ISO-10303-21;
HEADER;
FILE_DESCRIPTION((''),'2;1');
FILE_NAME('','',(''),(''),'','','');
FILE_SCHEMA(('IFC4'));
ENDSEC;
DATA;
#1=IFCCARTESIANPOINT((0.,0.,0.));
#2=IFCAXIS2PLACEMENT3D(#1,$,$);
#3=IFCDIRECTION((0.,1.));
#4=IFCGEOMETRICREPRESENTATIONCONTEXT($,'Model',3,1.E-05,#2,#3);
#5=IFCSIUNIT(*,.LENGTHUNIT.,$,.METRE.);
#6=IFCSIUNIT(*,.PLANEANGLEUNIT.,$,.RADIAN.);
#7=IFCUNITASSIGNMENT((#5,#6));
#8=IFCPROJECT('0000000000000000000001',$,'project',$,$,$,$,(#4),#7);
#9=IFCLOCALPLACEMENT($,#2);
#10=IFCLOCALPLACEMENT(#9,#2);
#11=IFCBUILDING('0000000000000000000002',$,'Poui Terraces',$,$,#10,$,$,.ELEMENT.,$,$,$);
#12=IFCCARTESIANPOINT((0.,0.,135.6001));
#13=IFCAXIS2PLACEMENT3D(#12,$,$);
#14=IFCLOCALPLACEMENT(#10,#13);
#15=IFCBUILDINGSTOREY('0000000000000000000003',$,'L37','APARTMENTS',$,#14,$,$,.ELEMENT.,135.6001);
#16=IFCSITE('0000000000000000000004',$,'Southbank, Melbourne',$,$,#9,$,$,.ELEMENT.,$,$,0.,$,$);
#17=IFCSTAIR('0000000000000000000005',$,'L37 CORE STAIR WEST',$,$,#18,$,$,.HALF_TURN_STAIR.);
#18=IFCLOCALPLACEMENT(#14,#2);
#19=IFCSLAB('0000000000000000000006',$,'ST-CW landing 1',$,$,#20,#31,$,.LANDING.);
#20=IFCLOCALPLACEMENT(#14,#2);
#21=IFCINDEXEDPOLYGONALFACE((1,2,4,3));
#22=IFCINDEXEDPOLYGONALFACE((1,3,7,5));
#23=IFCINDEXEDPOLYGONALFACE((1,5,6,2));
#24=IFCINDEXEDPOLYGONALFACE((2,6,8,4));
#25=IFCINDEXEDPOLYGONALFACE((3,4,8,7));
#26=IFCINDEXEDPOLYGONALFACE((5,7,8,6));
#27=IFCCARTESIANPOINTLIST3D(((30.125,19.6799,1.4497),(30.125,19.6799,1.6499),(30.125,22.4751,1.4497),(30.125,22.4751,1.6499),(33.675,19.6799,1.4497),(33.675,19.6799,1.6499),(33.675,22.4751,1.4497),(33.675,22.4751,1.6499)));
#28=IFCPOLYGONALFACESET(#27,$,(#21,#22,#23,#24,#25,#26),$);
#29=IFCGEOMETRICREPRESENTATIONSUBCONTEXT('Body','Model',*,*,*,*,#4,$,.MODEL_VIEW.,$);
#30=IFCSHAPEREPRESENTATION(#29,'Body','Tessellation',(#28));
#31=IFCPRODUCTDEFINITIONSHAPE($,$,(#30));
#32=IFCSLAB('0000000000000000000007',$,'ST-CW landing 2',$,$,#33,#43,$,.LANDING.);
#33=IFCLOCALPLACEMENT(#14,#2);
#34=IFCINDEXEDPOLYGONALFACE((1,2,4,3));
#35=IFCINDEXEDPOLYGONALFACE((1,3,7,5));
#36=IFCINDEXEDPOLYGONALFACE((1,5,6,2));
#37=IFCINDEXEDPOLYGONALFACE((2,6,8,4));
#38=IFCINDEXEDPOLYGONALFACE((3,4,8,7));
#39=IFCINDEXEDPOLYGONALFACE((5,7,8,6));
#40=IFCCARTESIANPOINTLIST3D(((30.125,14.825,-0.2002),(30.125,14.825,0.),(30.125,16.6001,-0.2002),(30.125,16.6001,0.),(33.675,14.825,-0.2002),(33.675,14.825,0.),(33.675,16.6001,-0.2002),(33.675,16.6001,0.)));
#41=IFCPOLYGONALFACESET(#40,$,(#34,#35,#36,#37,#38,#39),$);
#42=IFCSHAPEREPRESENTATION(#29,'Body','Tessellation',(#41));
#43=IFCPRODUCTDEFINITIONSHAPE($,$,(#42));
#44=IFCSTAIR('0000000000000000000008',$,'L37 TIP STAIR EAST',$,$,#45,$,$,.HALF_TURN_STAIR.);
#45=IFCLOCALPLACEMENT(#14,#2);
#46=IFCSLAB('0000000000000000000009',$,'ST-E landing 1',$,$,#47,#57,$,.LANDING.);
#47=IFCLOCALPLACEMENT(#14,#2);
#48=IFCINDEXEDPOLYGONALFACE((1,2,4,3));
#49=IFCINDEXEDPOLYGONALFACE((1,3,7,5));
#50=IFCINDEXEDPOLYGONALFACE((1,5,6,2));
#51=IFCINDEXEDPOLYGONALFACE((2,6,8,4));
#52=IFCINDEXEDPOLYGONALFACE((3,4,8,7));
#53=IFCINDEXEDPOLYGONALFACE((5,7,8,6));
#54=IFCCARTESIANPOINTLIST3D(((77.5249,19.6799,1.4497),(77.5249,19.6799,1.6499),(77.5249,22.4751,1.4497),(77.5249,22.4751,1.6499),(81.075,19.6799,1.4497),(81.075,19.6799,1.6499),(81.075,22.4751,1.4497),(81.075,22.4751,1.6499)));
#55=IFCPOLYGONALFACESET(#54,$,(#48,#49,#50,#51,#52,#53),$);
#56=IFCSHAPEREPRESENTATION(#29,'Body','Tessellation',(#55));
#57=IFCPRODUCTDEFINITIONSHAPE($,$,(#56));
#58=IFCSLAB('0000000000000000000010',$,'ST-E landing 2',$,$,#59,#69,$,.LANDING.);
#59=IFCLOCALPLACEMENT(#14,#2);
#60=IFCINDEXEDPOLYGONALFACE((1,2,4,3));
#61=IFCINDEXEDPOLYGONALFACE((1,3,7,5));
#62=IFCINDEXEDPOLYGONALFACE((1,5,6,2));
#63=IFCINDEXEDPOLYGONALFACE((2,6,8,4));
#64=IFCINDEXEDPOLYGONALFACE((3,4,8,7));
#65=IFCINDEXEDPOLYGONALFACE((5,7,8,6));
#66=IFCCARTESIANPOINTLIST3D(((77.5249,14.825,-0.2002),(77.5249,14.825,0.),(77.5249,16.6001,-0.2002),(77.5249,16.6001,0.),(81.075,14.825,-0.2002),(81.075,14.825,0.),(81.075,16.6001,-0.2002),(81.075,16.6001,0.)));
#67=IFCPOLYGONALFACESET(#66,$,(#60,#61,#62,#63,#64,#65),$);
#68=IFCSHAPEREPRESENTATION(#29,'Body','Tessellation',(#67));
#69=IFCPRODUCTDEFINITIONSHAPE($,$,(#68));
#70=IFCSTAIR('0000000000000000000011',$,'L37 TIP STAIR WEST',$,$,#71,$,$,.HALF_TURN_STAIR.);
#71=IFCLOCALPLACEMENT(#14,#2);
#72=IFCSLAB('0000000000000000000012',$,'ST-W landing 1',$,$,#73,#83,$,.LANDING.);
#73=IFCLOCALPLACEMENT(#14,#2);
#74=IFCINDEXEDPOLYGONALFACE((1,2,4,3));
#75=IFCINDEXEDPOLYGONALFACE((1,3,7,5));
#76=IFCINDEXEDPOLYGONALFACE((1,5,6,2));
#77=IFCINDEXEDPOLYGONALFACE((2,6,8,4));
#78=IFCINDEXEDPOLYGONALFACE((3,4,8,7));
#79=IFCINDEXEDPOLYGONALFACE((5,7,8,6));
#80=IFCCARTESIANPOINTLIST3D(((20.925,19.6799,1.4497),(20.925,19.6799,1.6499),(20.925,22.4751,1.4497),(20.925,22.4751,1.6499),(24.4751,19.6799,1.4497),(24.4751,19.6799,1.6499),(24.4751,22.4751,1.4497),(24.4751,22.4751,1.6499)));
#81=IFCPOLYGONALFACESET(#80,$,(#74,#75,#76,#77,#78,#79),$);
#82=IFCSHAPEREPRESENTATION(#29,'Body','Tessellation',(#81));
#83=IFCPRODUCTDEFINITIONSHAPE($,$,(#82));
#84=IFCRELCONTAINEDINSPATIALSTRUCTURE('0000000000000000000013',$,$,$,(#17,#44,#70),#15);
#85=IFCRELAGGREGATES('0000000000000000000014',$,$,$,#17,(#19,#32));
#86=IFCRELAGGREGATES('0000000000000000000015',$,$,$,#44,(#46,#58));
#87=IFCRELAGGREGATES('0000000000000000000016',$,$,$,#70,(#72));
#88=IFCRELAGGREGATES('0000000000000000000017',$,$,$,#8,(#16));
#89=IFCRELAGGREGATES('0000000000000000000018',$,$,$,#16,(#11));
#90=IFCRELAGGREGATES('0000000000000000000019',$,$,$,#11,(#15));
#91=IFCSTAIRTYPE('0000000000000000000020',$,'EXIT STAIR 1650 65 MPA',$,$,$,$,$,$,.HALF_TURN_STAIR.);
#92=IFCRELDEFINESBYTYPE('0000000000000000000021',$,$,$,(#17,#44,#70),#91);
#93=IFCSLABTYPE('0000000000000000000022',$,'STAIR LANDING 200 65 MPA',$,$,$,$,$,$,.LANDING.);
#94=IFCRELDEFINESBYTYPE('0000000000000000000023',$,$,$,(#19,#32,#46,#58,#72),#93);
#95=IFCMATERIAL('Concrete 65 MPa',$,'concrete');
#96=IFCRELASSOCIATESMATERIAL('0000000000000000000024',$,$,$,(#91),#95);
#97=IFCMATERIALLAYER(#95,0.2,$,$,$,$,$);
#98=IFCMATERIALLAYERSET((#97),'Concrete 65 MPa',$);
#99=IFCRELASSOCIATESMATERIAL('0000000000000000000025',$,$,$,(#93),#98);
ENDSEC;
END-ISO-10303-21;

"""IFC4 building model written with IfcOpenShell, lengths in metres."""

from ifc_helpers import new_model, si_unit, direction, frame, origin, place, context, subcontext, project, spatial, polyline, outline, extrude, material, layer, layer_set, type_object, element, aggregate, save


model = new_model("IFC4")

# Units and contexts
model_context = context("Model", 3, precision=1e-05, world=origin(), true_north=direction((0.0, 1.0)))
body_context = subcontext(model_context, "Body", "Model", "MODEL_VIEW")
ifc_project = project(units=[si_unit("LENGTHUNIT", "METRE"), si_unit("PLANEANGLEUNIT", "RADIAN")], contexts=[model_context])

# Site, building, storey
site_placement = place(None, origin())
site = spatial("IfcSite", under=ifc_project, at=site_placement, Name="Southbank, Melbourne", CompositionType="ELEMENT", RefElevation=0.0)
building_placement = place(site_placement, origin())
building = spatial("IfcBuilding", under=site, at=building_placement, Name="Poui Terraces", CompositionType="ELEMENT")
storey_placement = place(building_placement, frame((0.0, 0.0, 135.6001)))
storey = spatial("IfcBuildingStorey", under=building, at=storey_placement, Name="L37", Description="APARTMENTS", CompositionType="ELEMENT", Elevation=135.6001)

# Stairs, slabs
ifc_material = material(Name="Concrete 65 MPa", Category="concrete")
stair_type = type_object("IfcStairType", Name="EXIT STAIR 1650 65 MPA", PredefinedType="HALF_TURN_STAIR", material=ifc_material)
stair_1_placement = place(storey_placement, origin())
stair_1 = element("IfcStair", 1, at=stair_1_placement, inside=storey, type_object=stair_type, Name="L37 CORE STAIR WEST", PredefinedType="HALF_TURN_STAIR")
ifc_layer = layer(ifc_material, 0.2)
ifc_layer_set = layer_set([ifc_layer], Name="Concrete 65 MPa")
slab_type = type_object("IfcSlabType", Name="STAIR LANDING 200 65 MPA", PredefinedType="LANDING", material=ifc_layer_set)
slab_1_placement = place(storey_placement, frame((0.0, 0.0, 1.4497)))
slab_1 = element("IfcSlab", 2, at=slab_1_placement, type_object=slab_type, Name="ST-CW landing 1", PredefinedType="LANDING", context=body_context, shape_type="SweptSolid", body=[
    extrude(outline(polyline([(30.125, 19.6799), (33.675, 19.6799), (33.675, 22.4751), (30.125, 22.4751), (30.125, 19.6799)])), origin(), (0.0, 0.0, 1.0), 0.2002),
])
slab_2_placement = place(storey_placement, frame((0.0, 0.0, -0.2002)))
slab_2 = element("IfcSlab", 3, at=slab_2_placement, type_object=slab_type, Name="ST-CW landing 2", PredefinedType="LANDING", context=body_context, shape_type="SweptSolid", body=[
    extrude(outline(polyline([(30.125, 14.825), (33.675, 14.825), (33.675, 16.6001), (30.125, 16.6001), (30.125, 14.825)])), origin(), (0.0, 0.0, 1.0), 0.2002),
])
aggregate(stair_1, [slab_1, slab_2])
stair_2_placement = place(storey_placement, origin())
stair_2 = element("IfcStair", 4, at=stair_2_placement, inside=storey, type_object=stair_type, Name="L37 TIP STAIR EAST", PredefinedType="HALF_TURN_STAIR")
slab_3_placement = place(storey_placement, frame((0.0, 0.0, 1.4497)))
slab_3 = element("IfcSlab", 5, at=slab_3_placement, type_object=slab_type, Name="ST-E landing 1", PredefinedType="LANDING", context=body_context, shape_type="SweptSolid", body=[
    extrude(outline(polyline([(77.5249, 19.6799), (81.075, 19.6799), (81.075, 22.4751), (77.5249, 22.4751), (77.5249, 19.6799)])), origin(), (0.0, 0.0, 1.0), 0.2002),
])
slab_4_placement = place(storey_placement, frame((0.0, 0.0, -0.2002)))
slab_4 = element("IfcSlab", 6, at=slab_4_placement, type_object=slab_type, Name="ST-E landing 2", PredefinedType="LANDING", context=body_context, shape_type="SweptSolid", body=[
    extrude(outline(polyline([(77.5249, 14.825), (81.075, 14.825), (81.075, 16.6001), (77.5249, 16.6001), (77.5249, 14.825)])), origin(), (0.0, 0.0, 1.0), 0.2002),
])
aggregate(stair_2, [slab_3, slab_4])

# Stair, slab
stair_3_placement = place(storey_placement, origin())
stair_3 = element("IfcStair", 7, at=stair_3_placement, inside=storey, type_object=stair_type, Name="L37 TIP STAIR WEST", PredefinedType="HALF_TURN_STAIR")
slab_5_placement = place(storey_placement, frame((0.0, 0.0, 1.4497)))
slab_5 = element("IfcSlab", 8, at=slab_5_placement, type_object=slab_type, Name="ST-W landing 1", PredefinedType="LANDING", context=body_context, shape_type="SweptSolid", body=[
    extrude(outline(polyline([(20.925, 19.6799), (24.4751, 19.6799), (24.4751, 22.4751), (20.925, 22.4751), (20.925, 19.6799)])), origin(), (0.0, 0.0, 1.0), 0.2002),
])
aggregate(stair_3, [slab_5])

save(model, "model.ifc")
